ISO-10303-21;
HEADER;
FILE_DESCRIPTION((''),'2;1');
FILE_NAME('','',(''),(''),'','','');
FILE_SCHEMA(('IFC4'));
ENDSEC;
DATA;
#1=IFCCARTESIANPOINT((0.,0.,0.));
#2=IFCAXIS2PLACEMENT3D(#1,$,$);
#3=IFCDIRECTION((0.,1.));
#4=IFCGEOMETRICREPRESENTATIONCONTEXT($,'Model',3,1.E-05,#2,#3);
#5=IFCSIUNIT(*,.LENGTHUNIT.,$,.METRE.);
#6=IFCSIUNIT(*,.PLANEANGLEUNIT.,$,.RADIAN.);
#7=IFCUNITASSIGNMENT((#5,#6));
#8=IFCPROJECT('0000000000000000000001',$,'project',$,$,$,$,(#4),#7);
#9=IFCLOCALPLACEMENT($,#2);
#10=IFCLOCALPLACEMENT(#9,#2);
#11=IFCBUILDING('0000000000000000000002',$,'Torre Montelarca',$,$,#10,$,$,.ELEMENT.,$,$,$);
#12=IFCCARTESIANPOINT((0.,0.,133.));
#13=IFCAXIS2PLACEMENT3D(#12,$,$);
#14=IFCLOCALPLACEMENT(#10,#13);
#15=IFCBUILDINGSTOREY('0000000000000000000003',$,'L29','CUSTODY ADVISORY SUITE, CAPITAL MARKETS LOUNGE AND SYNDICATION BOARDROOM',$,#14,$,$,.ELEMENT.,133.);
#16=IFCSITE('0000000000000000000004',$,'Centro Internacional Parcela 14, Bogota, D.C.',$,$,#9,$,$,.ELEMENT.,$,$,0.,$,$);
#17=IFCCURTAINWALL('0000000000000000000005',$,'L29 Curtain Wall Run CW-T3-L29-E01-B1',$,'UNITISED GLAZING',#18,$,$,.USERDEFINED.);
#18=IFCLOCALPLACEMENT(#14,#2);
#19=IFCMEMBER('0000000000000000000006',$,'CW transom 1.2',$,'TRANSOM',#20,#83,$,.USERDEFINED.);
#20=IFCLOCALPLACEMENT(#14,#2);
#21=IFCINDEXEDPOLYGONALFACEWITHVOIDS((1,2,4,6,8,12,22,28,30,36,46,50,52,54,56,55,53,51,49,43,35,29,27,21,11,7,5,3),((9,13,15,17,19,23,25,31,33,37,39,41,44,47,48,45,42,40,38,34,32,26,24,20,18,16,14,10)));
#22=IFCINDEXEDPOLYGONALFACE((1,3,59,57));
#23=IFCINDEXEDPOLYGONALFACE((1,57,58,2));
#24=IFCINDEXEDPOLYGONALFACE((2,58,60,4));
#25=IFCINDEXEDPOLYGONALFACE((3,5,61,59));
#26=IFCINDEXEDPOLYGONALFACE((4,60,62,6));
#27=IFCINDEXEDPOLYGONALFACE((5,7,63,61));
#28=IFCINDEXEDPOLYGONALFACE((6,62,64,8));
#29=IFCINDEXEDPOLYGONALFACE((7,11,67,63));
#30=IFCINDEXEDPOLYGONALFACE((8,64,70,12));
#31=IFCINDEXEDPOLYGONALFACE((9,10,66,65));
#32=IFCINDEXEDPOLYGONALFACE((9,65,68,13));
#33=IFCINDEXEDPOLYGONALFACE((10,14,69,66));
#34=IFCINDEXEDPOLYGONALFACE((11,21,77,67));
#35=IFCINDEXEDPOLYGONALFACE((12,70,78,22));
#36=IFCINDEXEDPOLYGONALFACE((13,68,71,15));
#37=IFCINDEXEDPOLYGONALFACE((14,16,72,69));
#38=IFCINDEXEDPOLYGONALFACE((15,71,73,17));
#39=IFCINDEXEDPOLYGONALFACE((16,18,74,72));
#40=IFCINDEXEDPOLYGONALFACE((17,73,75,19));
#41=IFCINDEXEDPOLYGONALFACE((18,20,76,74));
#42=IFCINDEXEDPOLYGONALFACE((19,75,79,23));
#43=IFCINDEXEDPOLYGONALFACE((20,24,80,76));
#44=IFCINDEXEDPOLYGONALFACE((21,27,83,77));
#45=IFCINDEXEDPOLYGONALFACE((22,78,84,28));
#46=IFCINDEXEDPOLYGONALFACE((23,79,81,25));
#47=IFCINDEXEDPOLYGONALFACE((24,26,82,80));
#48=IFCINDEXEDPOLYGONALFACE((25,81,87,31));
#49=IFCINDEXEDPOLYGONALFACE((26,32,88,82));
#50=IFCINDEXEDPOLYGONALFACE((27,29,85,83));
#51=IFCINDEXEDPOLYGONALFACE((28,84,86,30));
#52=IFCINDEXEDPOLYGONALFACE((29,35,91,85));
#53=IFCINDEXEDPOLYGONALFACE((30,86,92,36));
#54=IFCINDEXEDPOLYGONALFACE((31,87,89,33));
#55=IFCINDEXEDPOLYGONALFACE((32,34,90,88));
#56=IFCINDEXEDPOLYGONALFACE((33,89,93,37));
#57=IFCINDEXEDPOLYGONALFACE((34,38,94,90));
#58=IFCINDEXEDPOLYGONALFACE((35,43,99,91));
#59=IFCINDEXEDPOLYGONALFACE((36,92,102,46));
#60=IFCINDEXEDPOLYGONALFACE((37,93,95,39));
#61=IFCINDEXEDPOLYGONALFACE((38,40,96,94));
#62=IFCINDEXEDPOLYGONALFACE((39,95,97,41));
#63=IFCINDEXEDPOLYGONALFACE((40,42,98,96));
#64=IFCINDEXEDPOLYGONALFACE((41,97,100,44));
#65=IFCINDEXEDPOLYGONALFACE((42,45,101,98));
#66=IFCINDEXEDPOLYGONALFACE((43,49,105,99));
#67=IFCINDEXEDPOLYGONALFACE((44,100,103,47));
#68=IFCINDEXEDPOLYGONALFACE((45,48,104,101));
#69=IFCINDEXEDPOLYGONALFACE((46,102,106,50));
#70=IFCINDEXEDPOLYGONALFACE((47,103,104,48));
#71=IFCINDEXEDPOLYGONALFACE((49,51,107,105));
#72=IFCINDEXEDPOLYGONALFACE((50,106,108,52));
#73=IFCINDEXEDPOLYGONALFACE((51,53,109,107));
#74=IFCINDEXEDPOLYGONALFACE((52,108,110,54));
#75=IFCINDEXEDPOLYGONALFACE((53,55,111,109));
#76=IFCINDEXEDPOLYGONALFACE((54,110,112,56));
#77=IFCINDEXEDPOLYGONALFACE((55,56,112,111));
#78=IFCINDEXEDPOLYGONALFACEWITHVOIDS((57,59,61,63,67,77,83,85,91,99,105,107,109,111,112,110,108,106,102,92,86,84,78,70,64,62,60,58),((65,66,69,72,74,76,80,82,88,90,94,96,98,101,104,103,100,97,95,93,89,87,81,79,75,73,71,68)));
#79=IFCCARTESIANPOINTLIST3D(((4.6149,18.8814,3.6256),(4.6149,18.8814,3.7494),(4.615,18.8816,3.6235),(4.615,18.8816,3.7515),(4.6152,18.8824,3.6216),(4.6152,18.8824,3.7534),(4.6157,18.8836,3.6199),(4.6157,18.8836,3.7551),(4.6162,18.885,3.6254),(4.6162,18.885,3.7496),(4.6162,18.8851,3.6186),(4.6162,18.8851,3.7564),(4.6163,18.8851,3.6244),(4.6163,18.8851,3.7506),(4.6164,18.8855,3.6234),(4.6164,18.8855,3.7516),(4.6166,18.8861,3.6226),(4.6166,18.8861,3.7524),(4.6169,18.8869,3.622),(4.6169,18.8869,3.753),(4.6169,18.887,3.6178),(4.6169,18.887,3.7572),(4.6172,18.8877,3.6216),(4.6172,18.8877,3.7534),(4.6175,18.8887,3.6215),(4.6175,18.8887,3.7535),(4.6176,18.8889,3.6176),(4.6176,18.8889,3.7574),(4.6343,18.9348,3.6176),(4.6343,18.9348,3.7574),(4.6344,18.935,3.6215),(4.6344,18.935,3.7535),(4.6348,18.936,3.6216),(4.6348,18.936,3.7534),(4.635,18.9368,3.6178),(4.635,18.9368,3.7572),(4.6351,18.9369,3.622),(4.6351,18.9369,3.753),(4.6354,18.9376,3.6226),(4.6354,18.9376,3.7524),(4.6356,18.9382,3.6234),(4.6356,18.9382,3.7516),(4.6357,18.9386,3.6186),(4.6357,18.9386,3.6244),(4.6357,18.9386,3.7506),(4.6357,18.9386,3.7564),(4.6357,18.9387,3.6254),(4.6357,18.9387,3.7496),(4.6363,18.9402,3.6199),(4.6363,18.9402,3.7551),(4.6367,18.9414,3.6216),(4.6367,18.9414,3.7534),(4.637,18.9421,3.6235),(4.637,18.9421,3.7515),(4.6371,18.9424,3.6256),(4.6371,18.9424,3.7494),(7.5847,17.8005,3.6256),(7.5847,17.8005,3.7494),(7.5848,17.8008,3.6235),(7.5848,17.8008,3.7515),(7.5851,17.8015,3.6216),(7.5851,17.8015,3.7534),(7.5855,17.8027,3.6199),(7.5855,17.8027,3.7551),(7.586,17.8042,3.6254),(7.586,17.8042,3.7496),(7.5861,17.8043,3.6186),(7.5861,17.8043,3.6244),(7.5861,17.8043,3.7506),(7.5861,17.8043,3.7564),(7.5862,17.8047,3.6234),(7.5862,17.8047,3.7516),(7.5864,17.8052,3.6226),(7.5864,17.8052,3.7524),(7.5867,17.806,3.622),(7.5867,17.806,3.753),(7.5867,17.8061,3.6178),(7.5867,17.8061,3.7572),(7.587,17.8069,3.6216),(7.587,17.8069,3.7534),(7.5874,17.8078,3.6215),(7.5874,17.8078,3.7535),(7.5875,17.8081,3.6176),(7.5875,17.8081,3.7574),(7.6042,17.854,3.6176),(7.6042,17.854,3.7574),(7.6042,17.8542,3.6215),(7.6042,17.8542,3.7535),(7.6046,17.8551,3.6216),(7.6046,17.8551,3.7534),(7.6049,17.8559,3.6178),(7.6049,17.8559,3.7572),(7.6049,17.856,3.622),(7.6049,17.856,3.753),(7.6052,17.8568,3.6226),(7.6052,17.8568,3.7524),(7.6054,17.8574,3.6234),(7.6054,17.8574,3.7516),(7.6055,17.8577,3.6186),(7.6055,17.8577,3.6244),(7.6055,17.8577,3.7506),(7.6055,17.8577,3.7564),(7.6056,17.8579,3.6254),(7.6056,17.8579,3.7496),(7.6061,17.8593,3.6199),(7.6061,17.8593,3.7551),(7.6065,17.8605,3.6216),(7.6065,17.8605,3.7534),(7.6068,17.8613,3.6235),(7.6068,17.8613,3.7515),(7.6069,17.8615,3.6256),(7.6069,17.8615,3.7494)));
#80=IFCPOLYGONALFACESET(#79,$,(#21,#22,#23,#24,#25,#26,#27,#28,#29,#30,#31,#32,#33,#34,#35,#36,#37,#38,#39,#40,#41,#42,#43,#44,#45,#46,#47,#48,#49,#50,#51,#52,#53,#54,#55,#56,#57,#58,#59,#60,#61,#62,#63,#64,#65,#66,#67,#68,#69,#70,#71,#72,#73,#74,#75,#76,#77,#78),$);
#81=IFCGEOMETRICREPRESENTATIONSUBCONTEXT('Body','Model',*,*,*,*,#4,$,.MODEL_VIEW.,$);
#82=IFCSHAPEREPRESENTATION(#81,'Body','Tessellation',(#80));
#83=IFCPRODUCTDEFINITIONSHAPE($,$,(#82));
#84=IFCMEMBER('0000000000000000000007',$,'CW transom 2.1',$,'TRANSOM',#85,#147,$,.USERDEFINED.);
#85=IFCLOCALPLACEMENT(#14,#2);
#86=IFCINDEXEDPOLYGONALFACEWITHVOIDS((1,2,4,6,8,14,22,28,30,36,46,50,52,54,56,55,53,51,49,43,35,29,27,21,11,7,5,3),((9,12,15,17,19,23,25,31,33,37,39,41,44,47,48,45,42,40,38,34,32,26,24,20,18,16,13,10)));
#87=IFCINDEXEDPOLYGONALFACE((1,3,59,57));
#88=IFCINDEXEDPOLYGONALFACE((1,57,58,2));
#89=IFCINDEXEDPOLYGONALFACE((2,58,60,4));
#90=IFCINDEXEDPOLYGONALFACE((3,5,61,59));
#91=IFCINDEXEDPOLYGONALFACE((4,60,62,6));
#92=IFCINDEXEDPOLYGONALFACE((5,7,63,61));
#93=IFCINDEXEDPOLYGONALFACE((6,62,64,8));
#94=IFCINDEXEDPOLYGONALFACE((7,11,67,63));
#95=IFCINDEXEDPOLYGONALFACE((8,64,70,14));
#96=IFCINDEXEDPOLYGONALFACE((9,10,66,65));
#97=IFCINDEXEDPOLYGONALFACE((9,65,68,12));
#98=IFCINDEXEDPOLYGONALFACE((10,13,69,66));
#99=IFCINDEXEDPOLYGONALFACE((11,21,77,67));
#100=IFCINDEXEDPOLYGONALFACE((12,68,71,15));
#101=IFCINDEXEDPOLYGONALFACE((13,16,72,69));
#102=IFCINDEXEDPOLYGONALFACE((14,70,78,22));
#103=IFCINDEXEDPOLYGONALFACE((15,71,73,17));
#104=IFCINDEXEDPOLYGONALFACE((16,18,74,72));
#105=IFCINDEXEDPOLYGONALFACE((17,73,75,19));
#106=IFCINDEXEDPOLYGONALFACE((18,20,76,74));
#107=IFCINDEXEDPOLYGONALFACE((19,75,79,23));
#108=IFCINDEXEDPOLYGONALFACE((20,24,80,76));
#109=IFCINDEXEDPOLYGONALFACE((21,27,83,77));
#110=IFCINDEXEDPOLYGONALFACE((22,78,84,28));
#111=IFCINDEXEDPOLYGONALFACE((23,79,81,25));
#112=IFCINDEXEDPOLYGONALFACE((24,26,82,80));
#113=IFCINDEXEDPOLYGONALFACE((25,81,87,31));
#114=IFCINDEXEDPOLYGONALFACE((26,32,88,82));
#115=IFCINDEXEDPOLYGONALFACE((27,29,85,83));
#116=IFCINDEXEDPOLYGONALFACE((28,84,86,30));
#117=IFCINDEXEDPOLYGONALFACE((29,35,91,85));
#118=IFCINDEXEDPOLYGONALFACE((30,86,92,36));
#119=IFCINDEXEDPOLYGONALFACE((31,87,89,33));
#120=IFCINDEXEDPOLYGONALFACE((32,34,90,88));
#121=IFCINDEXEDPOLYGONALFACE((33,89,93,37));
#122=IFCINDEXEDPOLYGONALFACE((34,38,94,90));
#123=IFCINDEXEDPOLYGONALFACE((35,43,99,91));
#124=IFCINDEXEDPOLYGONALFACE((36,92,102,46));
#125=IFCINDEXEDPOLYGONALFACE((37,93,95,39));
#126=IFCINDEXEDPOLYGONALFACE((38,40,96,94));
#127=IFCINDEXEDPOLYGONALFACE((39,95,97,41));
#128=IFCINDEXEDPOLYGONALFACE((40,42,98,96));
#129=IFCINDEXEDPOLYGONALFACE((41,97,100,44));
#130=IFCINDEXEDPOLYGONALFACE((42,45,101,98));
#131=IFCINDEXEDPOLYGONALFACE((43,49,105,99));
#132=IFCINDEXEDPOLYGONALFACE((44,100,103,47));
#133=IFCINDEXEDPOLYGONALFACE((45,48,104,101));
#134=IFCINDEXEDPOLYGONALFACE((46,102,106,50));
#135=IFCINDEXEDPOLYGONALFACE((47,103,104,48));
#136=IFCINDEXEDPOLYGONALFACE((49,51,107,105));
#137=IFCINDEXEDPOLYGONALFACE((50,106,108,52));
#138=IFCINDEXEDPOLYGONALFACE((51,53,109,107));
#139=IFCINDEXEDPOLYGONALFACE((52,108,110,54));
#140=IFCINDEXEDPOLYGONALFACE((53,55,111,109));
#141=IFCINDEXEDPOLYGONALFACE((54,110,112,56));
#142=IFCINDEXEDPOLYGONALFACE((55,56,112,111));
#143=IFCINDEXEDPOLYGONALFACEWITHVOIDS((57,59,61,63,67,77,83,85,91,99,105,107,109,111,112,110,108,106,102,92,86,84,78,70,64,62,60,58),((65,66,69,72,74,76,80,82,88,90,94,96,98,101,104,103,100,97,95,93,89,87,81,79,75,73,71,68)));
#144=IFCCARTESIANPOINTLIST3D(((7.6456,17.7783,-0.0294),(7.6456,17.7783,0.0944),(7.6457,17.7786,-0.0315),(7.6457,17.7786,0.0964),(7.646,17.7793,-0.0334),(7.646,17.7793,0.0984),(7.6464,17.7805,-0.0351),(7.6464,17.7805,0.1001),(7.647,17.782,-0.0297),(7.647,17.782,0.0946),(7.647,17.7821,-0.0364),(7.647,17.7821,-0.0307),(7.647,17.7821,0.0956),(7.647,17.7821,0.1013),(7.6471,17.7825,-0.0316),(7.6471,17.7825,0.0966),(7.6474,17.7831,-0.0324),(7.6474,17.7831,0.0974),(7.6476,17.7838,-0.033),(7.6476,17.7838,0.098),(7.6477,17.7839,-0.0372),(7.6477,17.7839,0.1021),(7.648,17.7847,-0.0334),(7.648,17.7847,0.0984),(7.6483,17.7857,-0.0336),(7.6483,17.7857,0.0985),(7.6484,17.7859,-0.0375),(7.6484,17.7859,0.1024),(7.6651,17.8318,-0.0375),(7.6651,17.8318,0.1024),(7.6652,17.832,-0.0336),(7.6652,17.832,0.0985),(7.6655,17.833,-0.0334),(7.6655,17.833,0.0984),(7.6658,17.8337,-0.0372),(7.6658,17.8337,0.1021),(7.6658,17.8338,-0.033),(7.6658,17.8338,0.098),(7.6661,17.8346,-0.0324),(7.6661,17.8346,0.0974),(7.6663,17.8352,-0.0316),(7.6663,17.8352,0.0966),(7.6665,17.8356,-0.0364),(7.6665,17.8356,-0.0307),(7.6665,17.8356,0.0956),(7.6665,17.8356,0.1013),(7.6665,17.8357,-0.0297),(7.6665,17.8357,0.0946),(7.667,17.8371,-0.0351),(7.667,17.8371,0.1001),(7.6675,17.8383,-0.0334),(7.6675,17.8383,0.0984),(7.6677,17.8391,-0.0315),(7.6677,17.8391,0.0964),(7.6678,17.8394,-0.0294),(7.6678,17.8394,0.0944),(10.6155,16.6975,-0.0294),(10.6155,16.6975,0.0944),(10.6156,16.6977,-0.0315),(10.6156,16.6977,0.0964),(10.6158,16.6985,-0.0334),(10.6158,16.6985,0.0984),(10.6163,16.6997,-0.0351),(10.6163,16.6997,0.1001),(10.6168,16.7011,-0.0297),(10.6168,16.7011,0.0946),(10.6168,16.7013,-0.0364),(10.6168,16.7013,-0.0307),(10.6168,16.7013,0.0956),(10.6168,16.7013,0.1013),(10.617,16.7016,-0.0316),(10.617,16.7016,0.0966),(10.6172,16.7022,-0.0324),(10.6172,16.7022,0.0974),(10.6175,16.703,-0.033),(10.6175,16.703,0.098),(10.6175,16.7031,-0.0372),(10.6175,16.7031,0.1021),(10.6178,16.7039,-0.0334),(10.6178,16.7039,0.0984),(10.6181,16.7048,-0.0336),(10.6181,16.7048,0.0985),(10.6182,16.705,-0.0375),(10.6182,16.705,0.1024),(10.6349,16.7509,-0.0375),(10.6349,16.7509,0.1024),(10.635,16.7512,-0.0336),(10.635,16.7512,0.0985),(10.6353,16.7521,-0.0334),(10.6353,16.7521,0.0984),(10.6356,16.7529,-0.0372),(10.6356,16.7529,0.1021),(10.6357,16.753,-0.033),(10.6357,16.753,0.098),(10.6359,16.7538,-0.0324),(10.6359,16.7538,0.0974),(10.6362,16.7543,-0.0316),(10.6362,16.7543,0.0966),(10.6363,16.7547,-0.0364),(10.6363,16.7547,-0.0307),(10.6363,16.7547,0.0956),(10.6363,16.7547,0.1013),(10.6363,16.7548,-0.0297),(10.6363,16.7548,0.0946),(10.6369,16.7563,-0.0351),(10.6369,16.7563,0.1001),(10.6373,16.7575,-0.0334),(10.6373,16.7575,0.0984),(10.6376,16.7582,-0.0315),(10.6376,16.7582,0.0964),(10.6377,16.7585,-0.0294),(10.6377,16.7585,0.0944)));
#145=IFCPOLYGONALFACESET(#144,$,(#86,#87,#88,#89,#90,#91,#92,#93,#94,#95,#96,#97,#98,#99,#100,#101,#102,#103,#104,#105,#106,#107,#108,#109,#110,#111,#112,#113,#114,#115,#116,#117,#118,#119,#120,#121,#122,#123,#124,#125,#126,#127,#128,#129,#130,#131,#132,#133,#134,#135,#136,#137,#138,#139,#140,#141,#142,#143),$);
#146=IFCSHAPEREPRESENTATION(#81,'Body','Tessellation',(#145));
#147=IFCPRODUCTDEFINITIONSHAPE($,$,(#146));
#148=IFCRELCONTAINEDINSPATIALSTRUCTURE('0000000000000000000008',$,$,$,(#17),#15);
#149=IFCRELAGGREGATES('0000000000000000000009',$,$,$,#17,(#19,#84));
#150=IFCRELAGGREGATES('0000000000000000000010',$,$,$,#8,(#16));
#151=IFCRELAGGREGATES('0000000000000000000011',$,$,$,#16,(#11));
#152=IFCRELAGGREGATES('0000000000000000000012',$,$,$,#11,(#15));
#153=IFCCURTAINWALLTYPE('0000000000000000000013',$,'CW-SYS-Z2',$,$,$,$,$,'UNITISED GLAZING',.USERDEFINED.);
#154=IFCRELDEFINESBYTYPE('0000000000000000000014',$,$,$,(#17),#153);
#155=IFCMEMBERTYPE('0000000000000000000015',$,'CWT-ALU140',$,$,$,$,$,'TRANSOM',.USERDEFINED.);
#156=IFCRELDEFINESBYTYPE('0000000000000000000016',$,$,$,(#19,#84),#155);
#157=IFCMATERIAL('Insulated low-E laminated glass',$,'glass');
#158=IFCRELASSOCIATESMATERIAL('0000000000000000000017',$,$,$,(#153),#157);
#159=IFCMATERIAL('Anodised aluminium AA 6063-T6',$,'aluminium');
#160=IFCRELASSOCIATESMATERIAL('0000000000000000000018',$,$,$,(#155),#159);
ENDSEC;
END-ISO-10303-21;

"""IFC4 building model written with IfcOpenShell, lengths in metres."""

from ifc_helpers import new_model, si_unit, direction, frame, origin, origin_2d, place, context, subcontext, project, spatial, hollow_rectangle, extrude, source, transform, mapped, material, material_profile, profile_set, type_object, element, aggregate, save


model = new_model("IFC4")

# Units and contexts
model_context = context("Model", 3, precision=1e-05, world=origin(), true_north=direction((0.0, 1.0)))
body_context = subcontext(model_context, "Body", "Model", "MODEL_VIEW")
ifc_project = project(units=[si_unit("LENGTHUNIT", "METRE"), si_unit("PLANEANGLEUNIT", "RADIAN")], contexts=[model_context])

# Site, building, storey
site_placement = place(None, origin())
site = spatial("IfcSite", under=ifc_project, at=site_placement, Name="Centro Internacional Parcela 14, Bogota, D.C.", CompositionType="ELEMENT", RefElevation=0.0)
building_placement = place(site_placement, origin())
building = spatial("IfcBuilding", under=site, at=building_placement, Name="Torre Montelarca", CompositionType="ELEMENT")
storey_placement = place(building_placement, frame((0.0, 0.0, 133.0)))
storey = spatial("IfcBuildingStorey", under=building, at=storey_placement, Name="L29", Description="CUSTODY ADVISORY SUITE, CAPITAL MARKETS LOUNGE AND SYNDICATION BOARDROOM", CompositionType="ELEMENT", Elevation=133.0)

# Curtain wall
ifc_material_1 = material(Name="Insulated low-E laminated glass", Category="glass")
curtain_wall_type = type_object("IfcCurtainWallType", Name="CW-SYS-Z2", ElementType="UNITISED GLAZING", PredefinedType="USERDEFINED", material=ifc_material_1)
curtain_wall_1_placement = place(storey_placement, origin())
curtain_wall_1 = element("IfcCurtainWall", 1, at=curtain_wall_1_placement, inside=storey, type_object=curtain_wall_type, Name="L29 Curtain Wall Run CW-T3-L29-E01-B1", ObjectType="UNITISED GLAZING", PredefinedType="USERDEFINED")
ifc_material_2 = material(Name="Anodised aluminium AA 6063-T6", Category="aluminium")
ifc_material_profile_1 = material_profile(ifc_material_2, hollow_rectangle(XDim=0.0649, YDim=0.1399, WallThickness=0.0039, InnerFilletRadius=0.0039, OuterFilletRadius=0.0081, at=origin_2d()), Name="ALU65X140X4", Category="aluminium")
ifc_profile_set_1 = profile_set([ifc_material_profile_1], Name="Anodised aluminium AA 6063-T6")
member_type_1 = type_object("IfcMemberType", Name="CWT-ALU140", ElementType="TRANSOM", PredefinedType="USERDEFINED", material=ifc_profile_set_1)

# Members
shared_shape_1 = source(origin(), body_context, "Body", "SweptSolid", [
    extrude(hollow_rectangle(XDim=0.0649, YDim=0.1399, WallThickness=0.0039, InnerFilletRadius=0.0039, OuterFilletRadius=0.0081, at=origin_2d()), origin(), (0.0, 0.0, 1.0), 3.1604),
])
member_1_placement = place(storey_placement, frame((4.626, 18.9119, 3.6875), z_axis=(0.939701, -0.341997, 0.0), x_axis=(0.341997, 0.939701, 0.0)))
member_1 = element("IfcMember", 2, at=member_1_placement, type_object=member_type_1, Name="CW transom 1.2", ObjectType="TRANSOM", PredefinedType="USERDEFINED", context=body_context, shape_type="MappedRepresentation", body=[
    mapped(shared_shape_1, transform((0.0, 0.0, 0.0), scale=1.0)),
])
member_2_placement = place(storey_placement, frame((7.6567, 17.8088, 0.0325), z_axis=(0.939701, -0.341997, 0.0), x_axis=(0.341997, 0.939701, 0.0)))
member_2 = element("IfcMember", 3, at=member_2_placement, type_object=member_type_1, Name="CW transom 2.1", ObjectType="TRANSOM", PredefinedType="USERDEFINED", context=body_context, shape_type="MappedRepresentation", body=[
    mapped(shared_shape_1, transform((0.0, 0.0, 0.0), scale=1.0)),
])

aggregate(curtain_wall_1, [member_1, member_2])

save(model, "model.ifc")
